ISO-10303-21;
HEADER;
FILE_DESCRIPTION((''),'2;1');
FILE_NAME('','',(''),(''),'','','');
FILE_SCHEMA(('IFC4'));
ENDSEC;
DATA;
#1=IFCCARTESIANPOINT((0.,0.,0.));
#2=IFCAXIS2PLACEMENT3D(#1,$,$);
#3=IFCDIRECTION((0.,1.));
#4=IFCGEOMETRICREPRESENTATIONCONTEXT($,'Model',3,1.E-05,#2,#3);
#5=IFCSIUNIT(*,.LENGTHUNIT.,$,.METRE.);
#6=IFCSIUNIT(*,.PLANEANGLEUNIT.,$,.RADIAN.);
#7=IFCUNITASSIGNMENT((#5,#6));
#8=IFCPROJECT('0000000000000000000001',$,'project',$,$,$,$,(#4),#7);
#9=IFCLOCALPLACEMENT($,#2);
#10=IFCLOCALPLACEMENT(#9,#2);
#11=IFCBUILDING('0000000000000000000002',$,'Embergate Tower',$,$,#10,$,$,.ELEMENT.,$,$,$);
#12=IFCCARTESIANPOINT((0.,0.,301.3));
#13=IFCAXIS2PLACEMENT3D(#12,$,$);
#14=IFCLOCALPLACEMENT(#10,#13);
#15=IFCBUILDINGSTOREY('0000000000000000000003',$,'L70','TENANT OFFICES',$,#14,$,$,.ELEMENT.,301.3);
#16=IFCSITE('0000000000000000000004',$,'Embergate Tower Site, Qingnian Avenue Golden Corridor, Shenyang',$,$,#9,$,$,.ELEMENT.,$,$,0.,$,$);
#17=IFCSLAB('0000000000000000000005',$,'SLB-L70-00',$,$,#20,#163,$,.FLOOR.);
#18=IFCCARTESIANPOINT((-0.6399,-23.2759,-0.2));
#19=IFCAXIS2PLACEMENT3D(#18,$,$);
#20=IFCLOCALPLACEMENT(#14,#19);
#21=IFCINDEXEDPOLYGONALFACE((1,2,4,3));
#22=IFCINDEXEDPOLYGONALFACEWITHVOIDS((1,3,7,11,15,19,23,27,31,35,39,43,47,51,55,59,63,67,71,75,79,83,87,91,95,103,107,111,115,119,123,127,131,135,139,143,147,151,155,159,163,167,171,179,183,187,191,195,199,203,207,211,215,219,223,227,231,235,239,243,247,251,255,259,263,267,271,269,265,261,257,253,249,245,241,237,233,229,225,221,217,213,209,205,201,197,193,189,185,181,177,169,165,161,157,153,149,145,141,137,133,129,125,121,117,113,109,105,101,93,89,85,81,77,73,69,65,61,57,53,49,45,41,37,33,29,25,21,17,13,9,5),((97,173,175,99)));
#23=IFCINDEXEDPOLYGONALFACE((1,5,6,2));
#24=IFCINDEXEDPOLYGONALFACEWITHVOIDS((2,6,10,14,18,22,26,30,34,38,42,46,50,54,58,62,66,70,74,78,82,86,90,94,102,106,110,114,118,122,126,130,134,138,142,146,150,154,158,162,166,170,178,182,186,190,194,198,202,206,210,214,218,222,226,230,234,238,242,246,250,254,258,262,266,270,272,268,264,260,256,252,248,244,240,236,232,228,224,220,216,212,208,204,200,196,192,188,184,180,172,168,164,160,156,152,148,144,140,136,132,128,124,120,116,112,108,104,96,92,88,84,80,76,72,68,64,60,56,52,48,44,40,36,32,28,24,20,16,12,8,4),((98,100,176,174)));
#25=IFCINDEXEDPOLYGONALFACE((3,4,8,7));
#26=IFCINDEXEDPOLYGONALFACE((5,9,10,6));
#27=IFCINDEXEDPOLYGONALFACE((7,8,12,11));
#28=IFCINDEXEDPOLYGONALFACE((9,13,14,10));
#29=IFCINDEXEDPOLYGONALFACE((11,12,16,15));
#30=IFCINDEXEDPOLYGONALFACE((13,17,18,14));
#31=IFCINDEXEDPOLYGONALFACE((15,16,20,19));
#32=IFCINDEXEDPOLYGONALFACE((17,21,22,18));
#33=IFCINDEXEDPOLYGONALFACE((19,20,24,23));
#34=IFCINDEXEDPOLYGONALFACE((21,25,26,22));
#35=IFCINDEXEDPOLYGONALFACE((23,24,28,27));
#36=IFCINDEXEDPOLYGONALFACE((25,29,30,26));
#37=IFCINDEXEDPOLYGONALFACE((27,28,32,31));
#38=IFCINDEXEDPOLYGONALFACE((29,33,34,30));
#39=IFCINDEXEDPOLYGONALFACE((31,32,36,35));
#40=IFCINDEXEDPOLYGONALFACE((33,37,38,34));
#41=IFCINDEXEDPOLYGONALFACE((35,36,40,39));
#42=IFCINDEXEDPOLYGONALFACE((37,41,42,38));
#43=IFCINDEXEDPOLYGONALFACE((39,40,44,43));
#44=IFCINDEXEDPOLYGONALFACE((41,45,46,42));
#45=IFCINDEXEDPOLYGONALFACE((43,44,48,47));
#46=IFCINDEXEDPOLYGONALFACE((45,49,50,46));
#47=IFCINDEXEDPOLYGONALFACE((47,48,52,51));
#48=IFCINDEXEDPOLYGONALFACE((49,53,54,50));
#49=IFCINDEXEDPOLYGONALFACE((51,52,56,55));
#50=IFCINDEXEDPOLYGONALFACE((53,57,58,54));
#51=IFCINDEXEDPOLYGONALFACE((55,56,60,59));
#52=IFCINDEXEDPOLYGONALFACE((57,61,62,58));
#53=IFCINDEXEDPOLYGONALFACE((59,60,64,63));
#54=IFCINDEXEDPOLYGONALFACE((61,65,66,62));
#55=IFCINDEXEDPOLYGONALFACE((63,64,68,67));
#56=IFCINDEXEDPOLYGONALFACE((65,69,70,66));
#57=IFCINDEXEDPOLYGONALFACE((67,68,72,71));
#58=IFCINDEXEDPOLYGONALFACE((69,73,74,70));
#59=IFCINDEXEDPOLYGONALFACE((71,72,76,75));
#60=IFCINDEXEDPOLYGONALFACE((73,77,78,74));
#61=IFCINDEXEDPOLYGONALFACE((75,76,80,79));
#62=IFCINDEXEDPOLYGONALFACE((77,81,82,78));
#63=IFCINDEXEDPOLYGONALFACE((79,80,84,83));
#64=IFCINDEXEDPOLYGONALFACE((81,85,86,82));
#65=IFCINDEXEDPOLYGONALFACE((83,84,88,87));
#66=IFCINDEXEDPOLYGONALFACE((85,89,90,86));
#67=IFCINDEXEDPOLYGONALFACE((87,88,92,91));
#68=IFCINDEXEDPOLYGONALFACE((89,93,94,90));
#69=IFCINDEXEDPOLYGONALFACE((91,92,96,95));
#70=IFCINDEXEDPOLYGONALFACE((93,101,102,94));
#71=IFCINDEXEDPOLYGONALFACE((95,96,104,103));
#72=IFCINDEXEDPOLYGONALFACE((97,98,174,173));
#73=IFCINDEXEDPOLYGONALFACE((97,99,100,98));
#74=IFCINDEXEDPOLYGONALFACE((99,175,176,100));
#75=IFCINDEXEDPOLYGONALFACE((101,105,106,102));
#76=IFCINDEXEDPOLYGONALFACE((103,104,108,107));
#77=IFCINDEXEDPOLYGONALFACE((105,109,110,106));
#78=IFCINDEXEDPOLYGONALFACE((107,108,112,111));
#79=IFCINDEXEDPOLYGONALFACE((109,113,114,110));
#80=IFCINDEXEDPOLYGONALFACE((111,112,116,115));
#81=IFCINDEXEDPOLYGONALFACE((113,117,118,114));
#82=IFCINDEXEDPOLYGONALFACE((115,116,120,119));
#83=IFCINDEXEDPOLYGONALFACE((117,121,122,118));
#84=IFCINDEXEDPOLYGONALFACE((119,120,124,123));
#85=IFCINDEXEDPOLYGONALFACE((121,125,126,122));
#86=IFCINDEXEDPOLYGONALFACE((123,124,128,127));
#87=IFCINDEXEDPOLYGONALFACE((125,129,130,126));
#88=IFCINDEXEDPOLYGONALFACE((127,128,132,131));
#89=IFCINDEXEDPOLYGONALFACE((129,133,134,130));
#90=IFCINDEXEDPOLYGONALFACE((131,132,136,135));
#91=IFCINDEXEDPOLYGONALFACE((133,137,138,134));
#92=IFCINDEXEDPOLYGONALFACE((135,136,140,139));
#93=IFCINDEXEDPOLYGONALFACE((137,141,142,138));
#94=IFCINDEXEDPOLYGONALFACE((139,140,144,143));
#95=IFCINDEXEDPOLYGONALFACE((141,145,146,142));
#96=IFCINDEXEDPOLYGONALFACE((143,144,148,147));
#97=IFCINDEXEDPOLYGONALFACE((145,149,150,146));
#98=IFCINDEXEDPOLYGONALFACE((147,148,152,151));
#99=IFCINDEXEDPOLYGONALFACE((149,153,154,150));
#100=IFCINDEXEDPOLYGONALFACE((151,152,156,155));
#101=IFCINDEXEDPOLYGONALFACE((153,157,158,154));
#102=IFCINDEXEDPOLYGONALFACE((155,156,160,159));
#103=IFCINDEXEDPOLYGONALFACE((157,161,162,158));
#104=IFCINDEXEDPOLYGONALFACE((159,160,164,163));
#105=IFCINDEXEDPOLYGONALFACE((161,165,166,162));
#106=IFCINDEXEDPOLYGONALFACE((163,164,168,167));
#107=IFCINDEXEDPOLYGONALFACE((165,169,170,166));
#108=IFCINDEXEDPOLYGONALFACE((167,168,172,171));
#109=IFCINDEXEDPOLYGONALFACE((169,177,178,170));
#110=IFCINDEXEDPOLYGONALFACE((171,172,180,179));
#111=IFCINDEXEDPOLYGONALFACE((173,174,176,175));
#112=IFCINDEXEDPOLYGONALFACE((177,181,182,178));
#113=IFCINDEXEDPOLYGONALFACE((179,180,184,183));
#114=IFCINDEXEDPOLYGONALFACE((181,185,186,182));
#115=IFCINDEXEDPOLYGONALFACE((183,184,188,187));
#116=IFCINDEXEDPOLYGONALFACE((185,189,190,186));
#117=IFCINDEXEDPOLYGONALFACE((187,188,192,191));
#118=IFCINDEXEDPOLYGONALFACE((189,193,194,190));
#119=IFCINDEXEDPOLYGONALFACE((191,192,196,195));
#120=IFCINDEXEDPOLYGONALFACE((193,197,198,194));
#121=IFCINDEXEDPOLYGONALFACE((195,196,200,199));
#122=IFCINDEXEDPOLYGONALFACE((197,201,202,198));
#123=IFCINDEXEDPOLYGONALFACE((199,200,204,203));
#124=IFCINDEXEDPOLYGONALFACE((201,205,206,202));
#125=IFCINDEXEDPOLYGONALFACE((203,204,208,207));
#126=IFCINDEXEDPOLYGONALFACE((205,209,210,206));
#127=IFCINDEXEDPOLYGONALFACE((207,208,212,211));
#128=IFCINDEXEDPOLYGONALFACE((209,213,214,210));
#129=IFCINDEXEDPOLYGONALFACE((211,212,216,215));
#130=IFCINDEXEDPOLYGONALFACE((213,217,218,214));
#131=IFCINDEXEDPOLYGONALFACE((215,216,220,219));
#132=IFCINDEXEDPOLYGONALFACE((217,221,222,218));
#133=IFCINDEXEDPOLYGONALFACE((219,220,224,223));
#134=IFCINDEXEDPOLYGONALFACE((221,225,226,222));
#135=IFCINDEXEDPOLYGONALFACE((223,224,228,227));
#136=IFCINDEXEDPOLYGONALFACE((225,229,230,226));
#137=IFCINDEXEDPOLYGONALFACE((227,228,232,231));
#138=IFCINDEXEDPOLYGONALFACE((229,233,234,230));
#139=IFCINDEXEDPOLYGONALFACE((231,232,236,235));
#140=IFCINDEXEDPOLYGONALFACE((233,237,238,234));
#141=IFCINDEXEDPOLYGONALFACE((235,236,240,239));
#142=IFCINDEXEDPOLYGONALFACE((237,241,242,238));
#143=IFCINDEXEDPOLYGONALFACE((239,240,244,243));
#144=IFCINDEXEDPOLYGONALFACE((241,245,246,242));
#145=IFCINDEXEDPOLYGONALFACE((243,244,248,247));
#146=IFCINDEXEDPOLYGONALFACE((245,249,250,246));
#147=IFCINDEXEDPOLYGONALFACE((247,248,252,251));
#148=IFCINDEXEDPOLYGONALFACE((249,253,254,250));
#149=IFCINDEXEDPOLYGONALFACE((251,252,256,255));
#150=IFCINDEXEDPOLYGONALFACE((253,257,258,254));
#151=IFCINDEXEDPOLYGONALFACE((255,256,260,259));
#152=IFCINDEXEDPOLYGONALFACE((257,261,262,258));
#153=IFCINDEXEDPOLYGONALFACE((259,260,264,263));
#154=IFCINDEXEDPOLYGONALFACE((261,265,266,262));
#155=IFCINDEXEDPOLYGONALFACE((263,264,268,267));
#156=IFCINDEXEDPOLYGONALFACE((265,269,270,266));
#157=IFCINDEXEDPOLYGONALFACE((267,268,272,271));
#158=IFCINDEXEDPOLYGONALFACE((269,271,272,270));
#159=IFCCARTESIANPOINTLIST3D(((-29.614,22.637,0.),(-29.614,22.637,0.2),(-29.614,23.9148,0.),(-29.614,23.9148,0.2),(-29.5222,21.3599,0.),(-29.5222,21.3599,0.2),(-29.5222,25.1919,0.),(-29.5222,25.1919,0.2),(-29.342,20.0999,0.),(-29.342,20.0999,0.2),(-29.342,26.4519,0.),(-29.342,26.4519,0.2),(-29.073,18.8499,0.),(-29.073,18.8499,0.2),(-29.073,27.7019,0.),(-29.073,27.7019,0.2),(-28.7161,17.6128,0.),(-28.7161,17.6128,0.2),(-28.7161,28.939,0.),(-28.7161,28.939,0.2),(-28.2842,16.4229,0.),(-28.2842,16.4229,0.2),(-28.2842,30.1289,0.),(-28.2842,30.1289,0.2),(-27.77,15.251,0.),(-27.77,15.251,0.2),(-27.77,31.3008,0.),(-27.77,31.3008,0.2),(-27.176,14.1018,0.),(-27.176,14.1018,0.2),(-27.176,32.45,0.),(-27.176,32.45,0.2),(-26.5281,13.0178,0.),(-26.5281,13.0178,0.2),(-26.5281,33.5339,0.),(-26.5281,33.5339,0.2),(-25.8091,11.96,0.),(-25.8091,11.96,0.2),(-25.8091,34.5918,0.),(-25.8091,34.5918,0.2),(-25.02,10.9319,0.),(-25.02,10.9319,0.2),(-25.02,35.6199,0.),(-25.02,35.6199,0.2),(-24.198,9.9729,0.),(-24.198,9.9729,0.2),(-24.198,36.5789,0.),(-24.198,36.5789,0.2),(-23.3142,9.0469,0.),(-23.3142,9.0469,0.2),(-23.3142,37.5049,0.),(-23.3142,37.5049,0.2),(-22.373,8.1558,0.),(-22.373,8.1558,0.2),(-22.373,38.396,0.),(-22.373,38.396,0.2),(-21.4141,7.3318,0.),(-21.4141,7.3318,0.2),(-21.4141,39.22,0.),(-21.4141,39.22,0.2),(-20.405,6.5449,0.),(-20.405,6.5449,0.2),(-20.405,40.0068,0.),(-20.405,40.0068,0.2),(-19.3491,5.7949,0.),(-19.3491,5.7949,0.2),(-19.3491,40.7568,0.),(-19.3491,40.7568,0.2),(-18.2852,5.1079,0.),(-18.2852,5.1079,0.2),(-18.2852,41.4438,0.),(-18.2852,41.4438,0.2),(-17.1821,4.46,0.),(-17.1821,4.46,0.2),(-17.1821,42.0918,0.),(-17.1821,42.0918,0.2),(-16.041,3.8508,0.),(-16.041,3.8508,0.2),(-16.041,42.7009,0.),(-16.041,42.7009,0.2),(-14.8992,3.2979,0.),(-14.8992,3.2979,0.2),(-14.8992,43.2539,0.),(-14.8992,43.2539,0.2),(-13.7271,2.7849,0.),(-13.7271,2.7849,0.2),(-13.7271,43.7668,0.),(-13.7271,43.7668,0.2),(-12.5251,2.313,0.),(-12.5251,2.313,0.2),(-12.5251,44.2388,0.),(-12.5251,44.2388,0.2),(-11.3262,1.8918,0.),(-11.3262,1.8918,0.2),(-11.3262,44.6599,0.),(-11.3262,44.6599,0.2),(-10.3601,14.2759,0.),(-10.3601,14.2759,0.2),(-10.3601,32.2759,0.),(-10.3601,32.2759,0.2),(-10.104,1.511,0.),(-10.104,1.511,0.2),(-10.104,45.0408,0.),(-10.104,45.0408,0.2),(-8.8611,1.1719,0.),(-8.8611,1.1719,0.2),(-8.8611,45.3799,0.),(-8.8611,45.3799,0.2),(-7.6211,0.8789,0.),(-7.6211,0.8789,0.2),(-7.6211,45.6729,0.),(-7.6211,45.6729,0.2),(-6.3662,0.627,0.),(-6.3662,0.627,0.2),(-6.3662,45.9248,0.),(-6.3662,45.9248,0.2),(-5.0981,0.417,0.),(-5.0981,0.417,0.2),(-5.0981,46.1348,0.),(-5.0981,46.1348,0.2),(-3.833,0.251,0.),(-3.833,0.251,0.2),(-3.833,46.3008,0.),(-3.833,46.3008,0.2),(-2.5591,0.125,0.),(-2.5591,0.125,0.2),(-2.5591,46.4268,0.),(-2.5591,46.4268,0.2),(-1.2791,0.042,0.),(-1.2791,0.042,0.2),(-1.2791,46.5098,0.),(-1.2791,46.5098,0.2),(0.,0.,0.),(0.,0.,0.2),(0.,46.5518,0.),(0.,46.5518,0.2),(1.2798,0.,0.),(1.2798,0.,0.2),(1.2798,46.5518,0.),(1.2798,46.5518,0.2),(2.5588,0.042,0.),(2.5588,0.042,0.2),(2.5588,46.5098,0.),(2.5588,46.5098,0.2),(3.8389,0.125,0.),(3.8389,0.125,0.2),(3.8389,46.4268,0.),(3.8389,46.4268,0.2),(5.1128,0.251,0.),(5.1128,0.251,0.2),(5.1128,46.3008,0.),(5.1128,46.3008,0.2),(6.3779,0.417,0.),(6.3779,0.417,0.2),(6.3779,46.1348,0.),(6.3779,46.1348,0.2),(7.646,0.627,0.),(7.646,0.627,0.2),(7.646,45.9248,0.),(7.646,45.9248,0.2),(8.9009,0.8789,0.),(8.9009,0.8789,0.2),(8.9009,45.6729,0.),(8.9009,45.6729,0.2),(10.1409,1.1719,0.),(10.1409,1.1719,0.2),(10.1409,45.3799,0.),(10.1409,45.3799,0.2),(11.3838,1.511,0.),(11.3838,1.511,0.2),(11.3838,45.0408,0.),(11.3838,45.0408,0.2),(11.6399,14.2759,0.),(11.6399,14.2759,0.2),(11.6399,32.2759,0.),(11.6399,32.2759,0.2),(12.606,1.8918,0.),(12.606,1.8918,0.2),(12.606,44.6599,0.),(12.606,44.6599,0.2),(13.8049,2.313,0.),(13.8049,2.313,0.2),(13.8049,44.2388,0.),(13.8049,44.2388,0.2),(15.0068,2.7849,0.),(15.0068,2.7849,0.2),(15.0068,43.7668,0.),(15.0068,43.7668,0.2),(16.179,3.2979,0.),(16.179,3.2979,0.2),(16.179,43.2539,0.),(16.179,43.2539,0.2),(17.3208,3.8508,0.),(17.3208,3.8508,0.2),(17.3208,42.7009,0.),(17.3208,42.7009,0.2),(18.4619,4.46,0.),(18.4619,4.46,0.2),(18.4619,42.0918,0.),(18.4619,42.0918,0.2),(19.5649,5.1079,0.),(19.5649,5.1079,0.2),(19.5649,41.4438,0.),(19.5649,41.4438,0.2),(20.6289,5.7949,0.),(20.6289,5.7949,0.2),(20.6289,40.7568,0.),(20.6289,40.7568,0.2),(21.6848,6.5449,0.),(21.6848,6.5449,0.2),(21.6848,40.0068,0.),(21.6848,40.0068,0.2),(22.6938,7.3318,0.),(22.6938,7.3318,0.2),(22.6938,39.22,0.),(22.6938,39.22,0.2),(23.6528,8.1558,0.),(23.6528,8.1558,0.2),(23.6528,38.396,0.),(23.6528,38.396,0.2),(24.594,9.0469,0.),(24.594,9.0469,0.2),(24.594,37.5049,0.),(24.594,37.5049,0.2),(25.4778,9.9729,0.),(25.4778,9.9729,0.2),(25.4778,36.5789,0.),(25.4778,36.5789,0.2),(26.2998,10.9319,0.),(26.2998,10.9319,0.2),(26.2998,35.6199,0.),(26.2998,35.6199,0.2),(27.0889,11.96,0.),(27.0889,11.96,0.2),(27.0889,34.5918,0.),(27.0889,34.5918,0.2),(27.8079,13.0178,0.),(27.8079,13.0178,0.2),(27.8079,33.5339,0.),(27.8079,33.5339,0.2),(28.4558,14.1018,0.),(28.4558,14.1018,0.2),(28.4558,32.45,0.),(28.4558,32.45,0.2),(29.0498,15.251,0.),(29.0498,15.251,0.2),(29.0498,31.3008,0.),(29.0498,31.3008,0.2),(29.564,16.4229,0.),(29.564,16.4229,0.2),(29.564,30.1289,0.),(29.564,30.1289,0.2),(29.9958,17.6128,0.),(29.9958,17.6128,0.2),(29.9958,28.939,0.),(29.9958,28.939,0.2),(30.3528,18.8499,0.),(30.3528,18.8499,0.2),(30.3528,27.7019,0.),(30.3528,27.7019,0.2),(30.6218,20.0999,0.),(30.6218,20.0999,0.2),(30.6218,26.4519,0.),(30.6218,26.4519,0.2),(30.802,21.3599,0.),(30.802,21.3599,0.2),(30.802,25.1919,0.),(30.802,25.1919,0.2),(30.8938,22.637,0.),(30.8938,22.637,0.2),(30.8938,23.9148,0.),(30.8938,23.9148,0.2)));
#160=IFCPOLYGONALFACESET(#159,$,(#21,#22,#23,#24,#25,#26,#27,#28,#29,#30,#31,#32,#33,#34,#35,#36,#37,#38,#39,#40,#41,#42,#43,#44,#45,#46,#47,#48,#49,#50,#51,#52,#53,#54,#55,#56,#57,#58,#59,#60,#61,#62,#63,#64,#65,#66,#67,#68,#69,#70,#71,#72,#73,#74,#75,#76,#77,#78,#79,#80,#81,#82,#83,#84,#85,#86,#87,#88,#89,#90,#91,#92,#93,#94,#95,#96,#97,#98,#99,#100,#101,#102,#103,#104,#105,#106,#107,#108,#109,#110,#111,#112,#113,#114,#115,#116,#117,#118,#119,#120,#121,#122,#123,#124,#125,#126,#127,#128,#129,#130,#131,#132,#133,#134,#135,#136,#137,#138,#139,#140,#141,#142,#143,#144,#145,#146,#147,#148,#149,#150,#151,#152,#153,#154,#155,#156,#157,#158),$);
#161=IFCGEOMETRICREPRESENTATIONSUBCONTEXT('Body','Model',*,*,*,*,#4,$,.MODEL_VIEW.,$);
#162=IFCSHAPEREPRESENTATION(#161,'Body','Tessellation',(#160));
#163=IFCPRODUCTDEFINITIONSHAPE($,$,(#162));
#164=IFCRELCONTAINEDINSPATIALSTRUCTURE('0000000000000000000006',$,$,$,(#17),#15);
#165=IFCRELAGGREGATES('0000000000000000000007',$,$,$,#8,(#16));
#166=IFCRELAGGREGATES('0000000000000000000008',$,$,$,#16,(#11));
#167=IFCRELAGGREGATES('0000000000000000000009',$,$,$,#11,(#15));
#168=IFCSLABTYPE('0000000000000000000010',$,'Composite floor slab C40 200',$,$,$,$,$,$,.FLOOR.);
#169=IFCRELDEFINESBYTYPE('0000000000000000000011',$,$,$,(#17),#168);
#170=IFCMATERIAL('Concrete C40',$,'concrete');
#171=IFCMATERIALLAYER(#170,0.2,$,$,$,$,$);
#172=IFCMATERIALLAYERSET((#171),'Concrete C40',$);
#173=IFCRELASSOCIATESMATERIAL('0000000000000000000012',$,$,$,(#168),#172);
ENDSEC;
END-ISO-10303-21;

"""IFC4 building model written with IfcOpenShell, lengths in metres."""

from ifc_helpers import new_model, si_unit, direction, frame, origin, place, context, subcontext, project, spatial, polyline, outline, extrude, source, transform, mapped, material, layer, layer_set, type_object, element, save


model = new_model("IFC4")

# Units and contexts
model_context = context("Model", 3, precision=1e-05, world=origin(), true_north=direction((0.0, 1.0)))
body_context = subcontext(model_context, "Body", "Model", "MODEL_VIEW")
ifc_project = project(units=[si_unit("LENGTHUNIT", "METRE"), si_unit("PLANEANGLEUNIT", "RADIAN")], contexts=[model_context])

# Site, building, storey
site_placement = place(None, origin())
site = spatial("IfcSite", under=ifc_project, at=site_placement, Name="Embergate Tower Site, Qingnian Avenue Golden Corridor, Shenyang", CompositionType="ELEMENT", RefElevation=0.0)
building_placement = place(site_placement, origin())
building = spatial("IfcBuilding", under=site, at=building_placement, Name="Embergate Tower", CompositionType="ELEMENT")
storey_placement = place(building_placement, frame((0.0, 0.0, 301.3)))
storey = spatial("IfcBuildingStorey", under=building, at=storey_placement, Name="L70", Description="TENANT OFFICES", CompositionType="ELEMENT", Elevation=301.3)

# Slab
ifc_material_1 = material(Name="Concrete C40", Category="concrete")
ifc_layer_1 = layer(ifc_material_1, 0.2)
ifc_layer_set_1 = layer_set([ifc_layer_1], Name="Concrete C40")
slab_type = type_object("IfcSlabType", Name="Composite floor slab C40 200", PredefinedType="FLOOR", material=ifc_layer_set_1)
shared_shape_1 = source(origin(), body_context, "Body", "SweptSolid", [
    extrude(outline(polyline([(0.0, 0.0), (1.2798, 0.0), (2.5588, 0.042), (3.8389, 0.125), (5.1128, 0.251), (6.3779, 0.417), (7.646, 0.627), (8.9009, 0.8789), (10.1409, 1.1719), (11.3838, 1.511), (12.606, 1.8918), (13.8049, 2.313), (15.0068, 2.7849), (16.179, 3.2979), (17.3208, 3.8508), (18.4619, 4.46), (19.5649, 5.1079), (20.6289, 5.7949), (21.6848, 6.5449), (22.6938, 7.3318), (23.6528, 8.1558), (24.594, 9.0469), (25.4778, 9.9729), (26.2998, 10.9319), (27.0889, 11.96), (27.8079, 13.0178), (28.4558, 14.1018), (29.0498, 15.251), (29.564, 16.4229), (29.9958, 17.6128), (30.3528, 18.8499), (30.6218, 20.0999), (30.802, 21.3599), (30.8938, 22.637), (30.8938, 23.9148), (30.802, 25.1919), (30.6218, 26.4519), (30.3528, 27.7019), (29.9958, 28.939), (29.564, 30.1289), (29.0498, 31.3008), (28.4558, 32.45), (27.8079, 33.5339), (27.0889, 34.5918), (26.2998, 35.6199), (25.4778, 36.5789), (24.594, 37.5049), (23.6528, 38.396), (22.6938, 39.22), (21.6848, 40.0068), (20.6289, 40.7568), (19.5649, 41.4438), (18.4619, 42.0918), (17.3208, 42.7009), (16.179, 43.2539), (15.0068, 43.7668), (13.8049, 44.2388), (12.606, 44.6599), (11.3838, 45.0408), (10.1409, 45.3799), (8.9009, 45.6729), (7.646, 45.9248), (6.3779, 46.1348), (5.1128, 46.3008), (3.8389, 46.4268), (2.5588, 46.5098), (1.2798, 46.5518), (0.0, 46.5518), (-1.2791, 46.5098), (-2.5591, 46.4268), (-3.833, 46.3008), (-5.0981, 46.1348), (-6.3662, 45.9248), (-7.6211, 45.6729), (-8.8611, 45.3799), (-10.104, 45.0408), (-11.3262, 44.6599), (-12.5251, 44.2388), (-13.7271, 43.7668), (-14.8992, 43.2539), (-16.041, 42.7009), (-17.1821, 42.0918), (-18.2852, 41.4438), (-19.3491, 40.7568), (-20.405, 40.0068), (-21.4141, 39.22), (-22.373, 38.396), (-23.3142, 37.5049), (-24.198, 36.5789), (-25.02, 35.6199), (-25.8091, 34.5918), (-26.5281, 33.5339), (-27.176, 32.45), (-27.77, 31.3008), (-28.2842, 30.1289), (-28.7161, 28.939), (-29.073, 27.7019), (-29.342, 26.4519), (-29.5222, 25.1919), (-29.614, 23.9148), (-29.614, 22.637), (-29.5222, 21.3599), (-29.342, 20.0999), (-29.073, 18.8499), (-28.7161, 17.6128), (-28.2842, 16.4229), (-27.77, 15.251), (-27.176, 14.1018), (-26.5281, 13.0178), (-25.8091, 11.96), (-25.02, 10.9319), (-24.198, 9.9729), (-23.3142, 9.0469), (-22.373, 8.1558), (-21.4141, 7.3318), (-20.405, 6.5449), (-19.3491, 5.7949), (-18.2852, 5.1079), (-17.1821, 4.46), (-16.041, 3.8508), (-14.8992, 3.2979), (-13.7271, 2.7849), (-12.5251, 2.313), (-11.3262, 1.8918), (-10.104, 1.511), (-8.8611, 1.1719), (-7.6211, 0.8789), (-6.3662, 0.627), (-5.0981, 0.417), (-3.833, 0.251), (-2.5591, 0.125), (-1.2791, 0.042), (0.0, 0.0)]), holes=[polyline([(-10.3601, 14.2759), (-10.3601, 32.2759), (11.6399, 32.2759), (11.6399, 14.2759), (-10.3601, 14.2759)])]), origin(), (0.0, 0.0, 1.0), 0.2),
])
slab_placement = place(storey_placement, frame((-0.6399, -23.2759, -0.2)))
element("IfcSlab", 1, at=slab_placement, inside=storey, type_object=slab_type, Name="SLB-L70-00", PredefinedType="FLOOR", context=body_context, shape_type="MappedRepresentation", body=[
    mapped(shared_shape_1, transform((0.0, 0.0, 0.0))),
])

save(model, "model.ifc")
